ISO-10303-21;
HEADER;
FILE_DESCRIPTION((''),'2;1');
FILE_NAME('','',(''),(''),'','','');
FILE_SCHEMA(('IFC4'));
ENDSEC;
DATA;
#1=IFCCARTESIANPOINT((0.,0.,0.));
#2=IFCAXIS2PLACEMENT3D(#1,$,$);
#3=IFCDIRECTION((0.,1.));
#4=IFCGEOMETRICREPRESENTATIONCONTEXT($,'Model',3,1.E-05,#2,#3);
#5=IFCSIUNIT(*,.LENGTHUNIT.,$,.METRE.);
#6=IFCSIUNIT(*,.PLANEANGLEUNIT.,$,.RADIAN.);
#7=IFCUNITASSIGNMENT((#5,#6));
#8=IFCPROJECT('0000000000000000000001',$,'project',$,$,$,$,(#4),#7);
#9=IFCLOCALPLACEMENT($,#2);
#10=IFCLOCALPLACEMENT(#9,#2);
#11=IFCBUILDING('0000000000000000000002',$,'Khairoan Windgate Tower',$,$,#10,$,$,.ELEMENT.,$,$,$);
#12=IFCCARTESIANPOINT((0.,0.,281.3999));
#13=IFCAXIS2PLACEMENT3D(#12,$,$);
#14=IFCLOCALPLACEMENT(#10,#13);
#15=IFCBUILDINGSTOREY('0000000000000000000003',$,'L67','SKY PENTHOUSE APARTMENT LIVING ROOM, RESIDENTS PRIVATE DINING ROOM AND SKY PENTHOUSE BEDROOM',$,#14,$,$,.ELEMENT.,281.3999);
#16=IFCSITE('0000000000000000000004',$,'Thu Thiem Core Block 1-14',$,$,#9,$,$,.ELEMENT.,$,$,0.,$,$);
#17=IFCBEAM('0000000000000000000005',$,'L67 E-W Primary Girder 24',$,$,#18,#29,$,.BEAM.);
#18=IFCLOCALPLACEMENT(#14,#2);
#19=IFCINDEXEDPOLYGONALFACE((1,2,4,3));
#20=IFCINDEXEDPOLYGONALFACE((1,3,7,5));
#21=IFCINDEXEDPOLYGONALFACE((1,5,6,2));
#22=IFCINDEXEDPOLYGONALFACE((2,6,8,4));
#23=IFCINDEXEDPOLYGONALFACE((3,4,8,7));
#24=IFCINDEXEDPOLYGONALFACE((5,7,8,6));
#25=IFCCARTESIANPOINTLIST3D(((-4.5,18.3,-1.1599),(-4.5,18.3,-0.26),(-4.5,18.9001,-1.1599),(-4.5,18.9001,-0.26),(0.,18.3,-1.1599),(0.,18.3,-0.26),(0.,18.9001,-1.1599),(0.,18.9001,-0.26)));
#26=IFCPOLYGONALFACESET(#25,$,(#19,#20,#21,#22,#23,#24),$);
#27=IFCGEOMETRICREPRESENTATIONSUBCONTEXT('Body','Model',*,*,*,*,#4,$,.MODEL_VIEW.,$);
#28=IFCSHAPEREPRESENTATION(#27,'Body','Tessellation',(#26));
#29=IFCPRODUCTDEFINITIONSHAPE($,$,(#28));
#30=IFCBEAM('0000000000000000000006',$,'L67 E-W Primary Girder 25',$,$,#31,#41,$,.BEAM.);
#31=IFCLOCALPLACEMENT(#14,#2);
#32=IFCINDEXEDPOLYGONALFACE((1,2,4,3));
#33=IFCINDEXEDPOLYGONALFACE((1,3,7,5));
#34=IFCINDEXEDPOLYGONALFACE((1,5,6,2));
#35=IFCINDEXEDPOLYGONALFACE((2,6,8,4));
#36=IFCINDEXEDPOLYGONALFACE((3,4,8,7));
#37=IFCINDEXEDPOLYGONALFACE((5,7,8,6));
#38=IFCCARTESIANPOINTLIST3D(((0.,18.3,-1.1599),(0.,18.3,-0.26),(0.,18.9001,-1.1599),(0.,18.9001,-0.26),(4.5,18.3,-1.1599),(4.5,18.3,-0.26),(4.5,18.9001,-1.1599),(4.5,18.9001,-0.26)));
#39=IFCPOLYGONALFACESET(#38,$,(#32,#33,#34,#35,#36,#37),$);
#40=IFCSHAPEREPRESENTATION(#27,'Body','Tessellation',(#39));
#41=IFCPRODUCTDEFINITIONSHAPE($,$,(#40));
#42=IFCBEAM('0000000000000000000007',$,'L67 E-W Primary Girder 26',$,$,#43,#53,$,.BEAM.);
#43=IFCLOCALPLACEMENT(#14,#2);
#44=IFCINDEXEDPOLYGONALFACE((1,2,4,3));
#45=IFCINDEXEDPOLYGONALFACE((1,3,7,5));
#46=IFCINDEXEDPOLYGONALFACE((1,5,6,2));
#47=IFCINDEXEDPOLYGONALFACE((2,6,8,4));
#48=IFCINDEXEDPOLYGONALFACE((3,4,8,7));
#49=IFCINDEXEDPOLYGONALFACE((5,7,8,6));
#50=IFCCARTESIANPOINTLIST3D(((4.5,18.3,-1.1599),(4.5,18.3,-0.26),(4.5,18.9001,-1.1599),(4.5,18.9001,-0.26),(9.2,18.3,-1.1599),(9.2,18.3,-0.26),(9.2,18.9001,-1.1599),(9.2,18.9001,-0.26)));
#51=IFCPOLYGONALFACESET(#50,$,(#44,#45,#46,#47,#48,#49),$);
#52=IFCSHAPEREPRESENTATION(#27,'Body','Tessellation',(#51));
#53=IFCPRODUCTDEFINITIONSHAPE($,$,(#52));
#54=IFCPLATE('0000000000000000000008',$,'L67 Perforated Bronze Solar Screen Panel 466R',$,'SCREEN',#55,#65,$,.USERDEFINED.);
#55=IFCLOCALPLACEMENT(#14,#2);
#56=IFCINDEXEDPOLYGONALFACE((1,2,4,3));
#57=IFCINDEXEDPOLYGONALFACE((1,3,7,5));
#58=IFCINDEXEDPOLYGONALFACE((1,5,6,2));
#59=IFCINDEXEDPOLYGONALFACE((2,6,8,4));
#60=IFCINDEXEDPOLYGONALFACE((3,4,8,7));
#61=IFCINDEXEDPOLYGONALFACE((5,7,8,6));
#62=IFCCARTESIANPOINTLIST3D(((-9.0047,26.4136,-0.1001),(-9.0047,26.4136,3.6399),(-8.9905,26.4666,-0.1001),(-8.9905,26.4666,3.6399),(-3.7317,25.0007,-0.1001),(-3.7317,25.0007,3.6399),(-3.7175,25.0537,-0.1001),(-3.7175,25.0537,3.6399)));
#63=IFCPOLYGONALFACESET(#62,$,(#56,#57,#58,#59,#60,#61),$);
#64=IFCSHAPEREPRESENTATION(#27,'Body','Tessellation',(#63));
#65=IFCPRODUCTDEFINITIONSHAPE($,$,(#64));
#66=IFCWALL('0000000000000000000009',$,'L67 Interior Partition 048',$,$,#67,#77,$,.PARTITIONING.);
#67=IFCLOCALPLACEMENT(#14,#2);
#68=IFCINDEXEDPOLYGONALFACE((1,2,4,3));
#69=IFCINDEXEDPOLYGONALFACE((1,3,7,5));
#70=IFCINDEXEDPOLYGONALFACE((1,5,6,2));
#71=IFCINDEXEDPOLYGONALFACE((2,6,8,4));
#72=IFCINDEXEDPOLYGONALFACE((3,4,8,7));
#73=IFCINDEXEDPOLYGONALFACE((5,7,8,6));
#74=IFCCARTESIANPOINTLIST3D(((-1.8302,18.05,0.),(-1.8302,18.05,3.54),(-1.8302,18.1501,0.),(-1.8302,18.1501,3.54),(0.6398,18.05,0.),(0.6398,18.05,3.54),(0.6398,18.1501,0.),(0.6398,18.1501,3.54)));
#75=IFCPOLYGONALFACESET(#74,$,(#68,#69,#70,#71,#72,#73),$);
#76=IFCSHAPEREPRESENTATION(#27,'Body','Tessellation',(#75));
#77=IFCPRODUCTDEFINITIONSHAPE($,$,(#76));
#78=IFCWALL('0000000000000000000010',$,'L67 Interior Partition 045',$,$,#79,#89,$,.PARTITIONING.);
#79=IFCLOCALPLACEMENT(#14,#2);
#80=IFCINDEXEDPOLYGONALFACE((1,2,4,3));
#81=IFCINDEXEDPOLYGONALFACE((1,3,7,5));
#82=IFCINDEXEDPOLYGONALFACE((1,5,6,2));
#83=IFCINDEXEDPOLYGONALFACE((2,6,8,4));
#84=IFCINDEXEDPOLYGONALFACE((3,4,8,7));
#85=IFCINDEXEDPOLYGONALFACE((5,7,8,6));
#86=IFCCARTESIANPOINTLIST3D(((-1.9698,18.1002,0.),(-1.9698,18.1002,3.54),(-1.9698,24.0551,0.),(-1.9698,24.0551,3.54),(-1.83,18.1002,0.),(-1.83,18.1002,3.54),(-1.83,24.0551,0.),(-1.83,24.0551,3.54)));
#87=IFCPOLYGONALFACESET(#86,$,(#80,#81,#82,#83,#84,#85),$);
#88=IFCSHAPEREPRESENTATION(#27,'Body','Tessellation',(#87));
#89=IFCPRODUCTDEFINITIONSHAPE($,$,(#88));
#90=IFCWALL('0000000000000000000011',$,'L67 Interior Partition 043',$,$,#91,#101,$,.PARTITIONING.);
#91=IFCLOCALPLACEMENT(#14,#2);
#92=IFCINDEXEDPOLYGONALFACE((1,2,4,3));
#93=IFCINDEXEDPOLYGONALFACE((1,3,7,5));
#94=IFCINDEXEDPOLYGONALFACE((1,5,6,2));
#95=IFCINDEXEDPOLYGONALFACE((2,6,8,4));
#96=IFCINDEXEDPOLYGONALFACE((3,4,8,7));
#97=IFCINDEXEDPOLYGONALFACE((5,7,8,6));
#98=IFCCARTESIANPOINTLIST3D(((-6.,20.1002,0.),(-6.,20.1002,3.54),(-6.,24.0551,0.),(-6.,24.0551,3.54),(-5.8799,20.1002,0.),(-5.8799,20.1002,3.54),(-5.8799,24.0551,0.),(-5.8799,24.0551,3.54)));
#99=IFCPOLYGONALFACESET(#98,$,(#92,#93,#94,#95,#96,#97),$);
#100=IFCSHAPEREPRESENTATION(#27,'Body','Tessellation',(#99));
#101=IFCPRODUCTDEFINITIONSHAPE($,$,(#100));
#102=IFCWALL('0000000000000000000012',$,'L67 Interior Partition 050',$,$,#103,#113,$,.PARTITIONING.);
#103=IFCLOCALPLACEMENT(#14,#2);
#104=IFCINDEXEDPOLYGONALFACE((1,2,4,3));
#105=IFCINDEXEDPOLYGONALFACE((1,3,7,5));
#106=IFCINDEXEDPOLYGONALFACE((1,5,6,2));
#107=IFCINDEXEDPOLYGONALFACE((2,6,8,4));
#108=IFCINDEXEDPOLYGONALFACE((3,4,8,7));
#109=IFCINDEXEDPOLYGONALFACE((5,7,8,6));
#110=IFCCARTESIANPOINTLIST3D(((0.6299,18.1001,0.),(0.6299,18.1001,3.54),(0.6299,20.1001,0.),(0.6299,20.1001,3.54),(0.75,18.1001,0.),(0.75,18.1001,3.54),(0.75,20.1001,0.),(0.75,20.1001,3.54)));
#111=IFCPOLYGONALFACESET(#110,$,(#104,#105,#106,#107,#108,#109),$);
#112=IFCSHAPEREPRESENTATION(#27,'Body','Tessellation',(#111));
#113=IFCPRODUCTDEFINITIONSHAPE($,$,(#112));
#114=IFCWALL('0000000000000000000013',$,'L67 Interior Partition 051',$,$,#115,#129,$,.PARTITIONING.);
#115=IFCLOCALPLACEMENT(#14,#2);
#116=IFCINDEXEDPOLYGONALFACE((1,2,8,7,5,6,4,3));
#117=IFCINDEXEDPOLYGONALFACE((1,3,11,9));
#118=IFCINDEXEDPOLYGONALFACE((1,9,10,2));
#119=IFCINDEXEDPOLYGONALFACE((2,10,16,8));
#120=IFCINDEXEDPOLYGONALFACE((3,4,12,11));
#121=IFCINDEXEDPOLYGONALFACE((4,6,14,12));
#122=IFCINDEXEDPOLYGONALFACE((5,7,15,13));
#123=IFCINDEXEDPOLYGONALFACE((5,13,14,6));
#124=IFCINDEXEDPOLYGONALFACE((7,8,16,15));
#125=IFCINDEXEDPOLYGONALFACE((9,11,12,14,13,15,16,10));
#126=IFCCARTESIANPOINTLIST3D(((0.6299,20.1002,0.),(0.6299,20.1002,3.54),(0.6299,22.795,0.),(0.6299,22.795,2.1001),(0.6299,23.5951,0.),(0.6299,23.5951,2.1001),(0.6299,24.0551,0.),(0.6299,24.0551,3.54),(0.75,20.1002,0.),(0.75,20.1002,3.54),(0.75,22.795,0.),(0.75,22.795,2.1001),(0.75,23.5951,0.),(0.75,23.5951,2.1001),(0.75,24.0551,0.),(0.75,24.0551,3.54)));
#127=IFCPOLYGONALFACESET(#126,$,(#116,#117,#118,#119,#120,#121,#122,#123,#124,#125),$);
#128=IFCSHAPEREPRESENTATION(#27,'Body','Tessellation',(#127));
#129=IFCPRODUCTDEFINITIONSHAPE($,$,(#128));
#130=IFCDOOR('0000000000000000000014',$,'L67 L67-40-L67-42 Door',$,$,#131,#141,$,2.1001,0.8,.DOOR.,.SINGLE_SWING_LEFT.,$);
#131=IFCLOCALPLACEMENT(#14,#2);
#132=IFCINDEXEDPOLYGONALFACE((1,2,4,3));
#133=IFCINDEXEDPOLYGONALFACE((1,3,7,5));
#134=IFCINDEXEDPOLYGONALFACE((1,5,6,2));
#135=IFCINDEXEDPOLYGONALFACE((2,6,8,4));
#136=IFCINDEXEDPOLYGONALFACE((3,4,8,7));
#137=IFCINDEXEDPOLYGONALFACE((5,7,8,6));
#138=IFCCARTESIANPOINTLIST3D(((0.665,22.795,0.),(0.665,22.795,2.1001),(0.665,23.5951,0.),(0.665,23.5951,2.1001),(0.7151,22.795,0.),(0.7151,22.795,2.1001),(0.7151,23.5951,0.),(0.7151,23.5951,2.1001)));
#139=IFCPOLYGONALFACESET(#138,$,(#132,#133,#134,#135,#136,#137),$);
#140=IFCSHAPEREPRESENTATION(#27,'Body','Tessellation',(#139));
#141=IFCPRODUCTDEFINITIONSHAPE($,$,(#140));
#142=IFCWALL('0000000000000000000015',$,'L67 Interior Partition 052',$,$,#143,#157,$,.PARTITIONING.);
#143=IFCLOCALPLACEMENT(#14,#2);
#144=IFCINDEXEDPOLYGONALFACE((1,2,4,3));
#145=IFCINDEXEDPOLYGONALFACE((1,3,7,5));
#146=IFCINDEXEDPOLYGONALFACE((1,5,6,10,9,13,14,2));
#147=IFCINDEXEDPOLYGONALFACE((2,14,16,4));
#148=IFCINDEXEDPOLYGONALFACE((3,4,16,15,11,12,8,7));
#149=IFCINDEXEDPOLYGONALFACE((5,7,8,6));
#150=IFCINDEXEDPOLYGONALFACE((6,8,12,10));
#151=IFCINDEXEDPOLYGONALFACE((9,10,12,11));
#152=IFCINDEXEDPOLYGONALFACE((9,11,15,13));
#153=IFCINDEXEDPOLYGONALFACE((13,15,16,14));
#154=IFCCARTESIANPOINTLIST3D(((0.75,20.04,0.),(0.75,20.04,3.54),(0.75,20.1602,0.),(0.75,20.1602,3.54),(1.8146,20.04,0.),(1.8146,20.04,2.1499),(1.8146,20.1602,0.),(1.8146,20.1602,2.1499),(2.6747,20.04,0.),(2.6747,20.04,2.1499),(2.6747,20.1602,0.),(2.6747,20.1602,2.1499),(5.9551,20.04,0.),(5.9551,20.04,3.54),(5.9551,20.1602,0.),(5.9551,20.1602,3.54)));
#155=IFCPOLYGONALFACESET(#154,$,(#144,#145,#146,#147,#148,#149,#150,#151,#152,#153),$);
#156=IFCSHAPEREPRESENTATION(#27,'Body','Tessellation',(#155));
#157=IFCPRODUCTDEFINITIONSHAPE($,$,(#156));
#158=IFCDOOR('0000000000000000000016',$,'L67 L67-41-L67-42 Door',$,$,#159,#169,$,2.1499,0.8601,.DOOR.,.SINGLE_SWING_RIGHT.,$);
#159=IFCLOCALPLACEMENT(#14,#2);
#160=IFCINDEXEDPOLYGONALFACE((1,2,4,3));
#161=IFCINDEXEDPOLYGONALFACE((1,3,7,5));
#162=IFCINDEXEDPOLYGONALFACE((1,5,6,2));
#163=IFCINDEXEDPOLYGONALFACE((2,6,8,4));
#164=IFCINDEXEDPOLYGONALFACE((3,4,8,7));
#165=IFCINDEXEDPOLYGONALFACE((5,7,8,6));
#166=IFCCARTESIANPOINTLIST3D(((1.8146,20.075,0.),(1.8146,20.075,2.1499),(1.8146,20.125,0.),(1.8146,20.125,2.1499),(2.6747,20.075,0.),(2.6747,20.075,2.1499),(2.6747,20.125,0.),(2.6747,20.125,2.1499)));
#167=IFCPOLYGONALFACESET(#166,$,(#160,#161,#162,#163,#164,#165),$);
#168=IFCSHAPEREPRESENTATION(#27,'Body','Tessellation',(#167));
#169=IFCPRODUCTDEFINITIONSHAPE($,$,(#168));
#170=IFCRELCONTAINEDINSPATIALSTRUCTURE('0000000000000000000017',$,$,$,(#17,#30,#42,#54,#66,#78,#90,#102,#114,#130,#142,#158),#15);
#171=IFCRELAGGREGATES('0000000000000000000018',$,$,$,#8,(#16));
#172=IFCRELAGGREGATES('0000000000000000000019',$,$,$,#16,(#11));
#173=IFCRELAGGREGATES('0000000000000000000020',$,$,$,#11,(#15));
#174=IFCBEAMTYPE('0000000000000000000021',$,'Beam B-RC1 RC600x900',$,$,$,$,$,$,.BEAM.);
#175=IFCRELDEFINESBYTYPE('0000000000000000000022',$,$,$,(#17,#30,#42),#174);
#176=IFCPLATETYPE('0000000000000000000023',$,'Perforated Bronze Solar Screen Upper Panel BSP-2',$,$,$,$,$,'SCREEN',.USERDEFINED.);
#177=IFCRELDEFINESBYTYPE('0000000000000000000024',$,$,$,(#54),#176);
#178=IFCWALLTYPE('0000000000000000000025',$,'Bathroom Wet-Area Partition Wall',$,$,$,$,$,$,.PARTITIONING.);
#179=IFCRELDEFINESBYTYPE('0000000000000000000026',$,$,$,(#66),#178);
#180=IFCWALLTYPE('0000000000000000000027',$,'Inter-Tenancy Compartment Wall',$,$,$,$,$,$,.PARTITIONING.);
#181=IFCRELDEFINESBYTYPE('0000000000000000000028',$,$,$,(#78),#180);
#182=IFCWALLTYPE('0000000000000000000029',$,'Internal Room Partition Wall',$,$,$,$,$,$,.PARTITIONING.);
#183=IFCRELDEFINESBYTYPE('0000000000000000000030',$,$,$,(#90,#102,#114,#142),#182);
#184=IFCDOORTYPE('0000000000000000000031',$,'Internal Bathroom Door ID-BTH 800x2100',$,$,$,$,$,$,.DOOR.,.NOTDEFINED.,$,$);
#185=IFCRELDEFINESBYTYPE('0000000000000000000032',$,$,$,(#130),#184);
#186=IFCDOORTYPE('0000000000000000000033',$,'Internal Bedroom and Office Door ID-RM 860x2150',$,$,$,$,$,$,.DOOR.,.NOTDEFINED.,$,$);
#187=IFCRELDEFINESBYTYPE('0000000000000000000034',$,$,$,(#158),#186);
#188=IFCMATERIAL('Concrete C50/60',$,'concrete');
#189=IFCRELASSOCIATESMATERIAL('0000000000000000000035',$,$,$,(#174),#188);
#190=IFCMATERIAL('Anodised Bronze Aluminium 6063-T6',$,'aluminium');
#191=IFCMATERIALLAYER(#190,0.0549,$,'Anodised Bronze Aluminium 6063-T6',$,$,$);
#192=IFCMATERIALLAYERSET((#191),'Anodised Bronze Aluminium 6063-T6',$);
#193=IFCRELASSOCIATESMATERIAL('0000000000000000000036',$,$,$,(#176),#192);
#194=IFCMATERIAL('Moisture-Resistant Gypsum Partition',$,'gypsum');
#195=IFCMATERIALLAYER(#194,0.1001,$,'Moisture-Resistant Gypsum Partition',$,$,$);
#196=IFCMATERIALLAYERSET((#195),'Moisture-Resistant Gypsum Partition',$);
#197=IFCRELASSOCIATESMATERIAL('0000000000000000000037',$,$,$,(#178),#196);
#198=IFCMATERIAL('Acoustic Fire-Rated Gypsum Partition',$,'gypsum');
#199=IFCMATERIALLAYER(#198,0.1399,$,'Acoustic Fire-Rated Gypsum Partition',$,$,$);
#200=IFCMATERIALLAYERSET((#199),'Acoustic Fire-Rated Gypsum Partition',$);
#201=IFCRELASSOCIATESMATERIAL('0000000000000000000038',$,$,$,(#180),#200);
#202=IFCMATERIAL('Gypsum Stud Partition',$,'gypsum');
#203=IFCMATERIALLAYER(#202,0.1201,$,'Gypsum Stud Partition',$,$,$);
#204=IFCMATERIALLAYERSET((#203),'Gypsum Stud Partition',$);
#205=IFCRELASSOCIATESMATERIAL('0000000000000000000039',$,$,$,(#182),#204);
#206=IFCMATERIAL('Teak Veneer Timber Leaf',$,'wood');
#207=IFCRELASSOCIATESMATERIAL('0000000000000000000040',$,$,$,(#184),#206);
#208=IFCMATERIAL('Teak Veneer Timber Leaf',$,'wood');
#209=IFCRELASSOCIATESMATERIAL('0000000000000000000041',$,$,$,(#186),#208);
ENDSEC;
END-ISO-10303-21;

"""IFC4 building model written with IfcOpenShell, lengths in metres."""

from ifc_helpers import new_model, si_unit, direction, frame, frame_2d, origin, origin_2d, place, context, subcontext, project, spatial, rectangle, extrude, material, layer, layer_set, material_profile, profile_set, type_object, element, fill, save


model = new_model("IFC4")

# Units and contexts
model_context = context("Model", 3, precision=1e-05, world=origin(), true_north=direction((0.0, 1.0)))
body_context = subcontext(model_context, "Body", "Model", "MODEL_VIEW")
ifc_project = project(units=[si_unit("LENGTHUNIT", "METRE"), si_unit("PLANEANGLEUNIT", "RADIAN")], contexts=[model_context])

# Site, building, storey
site_placement = place(None, origin())
site = spatial("IfcSite", under=ifc_project, at=site_placement, Name="Thu Thiem Core Block 1-14", CompositionType="ELEMENT", RefElevation=0.0)
building_placement = place(site_placement, origin())
building = spatial("IfcBuilding", under=site, at=building_placement, Name="Khairoan Windgate Tower", CompositionType="ELEMENT")
storey_placement = place(building_placement, frame((0.0, 0.0, 281.3999)))
storey = spatial("IfcBuildingStorey", under=building, at=storey_placement, Name="L67", Description="SKY PENTHOUSE APARTMENT LIVING ROOM, RESIDENTS PRIVATE DINING ROOM AND SKY PENTHOUSE BEDROOM", CompositionType="ELEMENT", Elevation=281.3999)

# Beams
ifc_material_1 = material(Name="Concrete C50/60", Category="concrete")
ifc_material_profile_1 = material_profile(ifc_material_1, rectangle(XDim=0.6001, YDim=0.8999, at=origin_2d()))
ifc_profile_set_1 = profile_set([ifc_material_profile_1], Name="Concrete C50/60")
beam_type = type_object("IfcBeamType", Name="Beam B-RC1 RC600x900", PredefinedType="BEAM", material=ifc_profile_set_1)
for number, where, z_axis, x_axis, name in (
    (1, (-4.5, 18.6001, -0.71), (1.0, 0.0, 0.0), (0.0, 1.0, 0.0), "L67 E-W Primary Girder 24"),
    (2, (0.0, 18.6001, -0.71), (1.0, 0.0, 0.0), (0.0, 1.0, 0.0), "L67 E-W Primary Girder 25"),
):
    element("IfcBeam", number, at=place(storey_placement, frame(where, z_axis=z_axis, x_axis=x_axis)), inside=storey, type_object=beam_type, Name=name, PredefinedType="BEAM", context=body_context, shape_type="SweptSolid", body=[
        extrude(rectangle(XDim=0.6001, YDim=0.8999, at=origin_2d()), origin(), (0.0, 0.0, 1.0), 4.5),
    ])
beam_1_placement = place(storey_placement, frame((4.5, 18.6001, -0.71), z_axis=(1.0, 0.0, 0.0), x_axis=(0.0, 1.0, 0.0)))
element("IfcBeam", 3, at=beam_1_placement, inside=storey, type_object=beam_type, Name="L67 E-W Primary Girder 26", PredefinedType="BEAM", context=body_context, shape_type="SweptSolid", body=[
    extrude(rectangle(XDim=0.6001, YDim=0.8999, at=origin_2d()), origin(), (0.0, 0.0, 1.0), 4.7),
])

# Plate
ifc_material_2 = material(Name="Anodised Bronze Aluminium 6063-T6", Category="aluminium")
ifc_layer_1 = layer(ifc_material_2, 0.0549, Name="Anodised Bronze Aluminium 6063-T6")
ifc_layer_set_1 = layer_set([ifc_layer_1], Name="Anodised Bronze Aluminium 6063-T6")
plate_type = type_object("IfcPlateType", Name="Perforated Bronze Solar Screen Upper Panel BSP-2", ElementType="SCREEN", PredefinedType="USERDEFINED", material=ifc_layer_set_1)
plate_placement = place(storey_placement, frame((-6.3611, 25.7336, -0.1001), z_axis=(0.0, 0.0, 1.0), x_axis=(0.965926, -0.258819, 0.0)))
element("IfcPlate", 4, at=plate_placement, inside=storey, type_object=plate_type, Name="L67 Perforated Bronze Solar Screen Panel 466R", ObjectType="SCREEN", PredefinedType="USERDEFINED", context=body_context, shape_type="SweptSolid", body=[
    extrude(rectangle(XDim=5.459, YDim=0.0549, at=origin_2d()), origin(), (0.0, 0.0, 1.0), 3.74),
])

# Walls
ifc_material_3 = material(Name="Moisture-Resistant Gypsum Partition", Category="gypsum")
ifc_layer_2 = layer(ifc_material_3, 0.1001, Name="Moisture-Resistant Gypsum Partition")
ifc_layer_set_2 = layer_set([ifc_layer_2], Name="Moisture-Resistant Gypsum Partition")
wall_type_1 = type_object("IfcWallType", Name="Bathroom Wet-Area Partition Wall", PredefinedType="PARTITIONING", material=ifc_layer_set_2)
wall_1_placement = place(storey_placement, frame((-1.8301, 18.1001, 0.0), z_axis=(0.0, 0.0, 1.0), x_axis=(1.0, 0.0, 0.0)))
element("IfcWall", 5, at=wall_1_placement, inside=storey, type_object=wall_type_1, Name="L67 Interior Partition 048", PredefinedType="PARTITIONING", context=body_context, shape_type="SweptSolid", body=[
    extrude(rectangle(XDim=2.47, YDim=0.1001, at=frame_2d((1.2349, 0.0))), origin(), (0.0, 0.0, 1.0), 3.54),
])
ifc_material_4 = material(Name="Acoustic Fire-Rated Gypsum Partition", Category="gypsum")
ifc_layer_3 = layer(ifc_material_4, 0.1399, Name="Acoustic Fire-Rated Gypsum Partition")
ifc_layer_set_3 = layer_set([ifc_layer_3], Name="Acoustic Fire-Rated Gypsum Partition")
wall_type_2 = type_object("IfcWallType", Name="Inter-Tenancy Compartment Wall", PredefinedType="PARTITIONING", material=ifc_layer_set_3)
wall_2_placement = place(storey_placement, frame((-1.8999, 18.1001, 0.0), z_axis=(0.0, 0.0, 1.0), x_axis=(0.0, 1.0, 0.0)))
element("IfcWall", 6, at=wall_2_placement, inside=storey, type_object=wall_type_2, Name="L67 Interior Partition 045", PredefinedType="PARTITIONING", context=body_context, shape_type="SweptSolid", body=[
    extrude(rectangle(XDim=5.9548, YDim=0.1399, at=frame_2d((2.9775, 0.0))), origin(), (0.0, 0.0, 1.0), 3.54),
])
ifc_material_5 = material(Name="Gypsum Stud Partition", Category="gypsum")
ifc_layer_4 = layer(ifc_material_5, 0.1201, Name="Gypsum Stud Partition")
ifc_layer_set_4 = layer_set([ifc_layer_4], Name="Gypsum Stud Partition")
wall_type_3 = type_object("IfcWallType", Name="Internal Room Partition Wall", PredefinedType="PARTITIONING", material=ifc_layer_set_4)
wall_3_placement = place(storey_placement, frame((-5.9399, 20.1001, 0.0), z_axis=(0.0, 0.0, 1.0), x_axis=(0.0, 1.0, 0.0)))
element("IfcWall", 7, at=wall_3_placement, inside=storey, type_object=wall_type_3, Name="L67 Interior Partition 043", PredefinedType="PARTITIONING", context=body_context, shape_type="SweptSolid", body=[
    extrude(rectangle(XDim=3.9548, YDim=0.1201, at=frame_2d((1.9775, 0.0))), origin(), (0.0, 0.0, 1.0), 3.54),
])
wall_4_placement = place(storey_placement, frame((0.6899, 18.1001, 0.0), z_axis=(0.0, 0.0, 1.0), x_axis=(0.0, 1.0, 0.0)))
element("IfcWall", 8, at=wall_4_placement, inside=storey, type_object=wall_type_3, Name="L67 Interior Partition 050", PredefinedType="PARTITIONING", context=body_context, shape_type="SweptSolid", body=[
    extrude(rectangle(XDim=2.0, YDim=0.1201, at=frame_2d((1.0, 0.0))), origin(), (0.0, 0.0, 1.0), 3.54),
])

# Walls, openings, doors
wall_5_placement = place(storey_placement, frame((0.6899, 20.1001, 0.0), z_axis=(0.0, 0.0, 1.0), x_axis=(0.0, 1.0, 0.0)))
wall_5 = element("IfcWall", 9, at=wall_5_placement, inside=storey, type_object=wall_type_3, Name="L67 Interior Partition 051", PredefinedType="PARTITIONING", context=body_context, shape_type="SweptSolid", body=[
    extrude(rectangle(XDim=3.9548, YDim=0.1201, at=frame_2d((1.9775, 0.0))), origin(), (0.0, 0.0, 1.0), 3.54),
])
opening_1_placement = place(wall_5_placement, frame((2.6951, 0.0, 0.0)))
opening_1 = element("IfcOpeningElement", 10, at=opening_1_placement, cuts=wall_5, PredefinedType="OPENING", context=body_context, shape_type="SweptSolid", body=[
    extrude(rectangle(XDim=0.8, YDim=2.1001, at=frame_2d((0.3999, 1.05))), frame((0.0, 0.0701, 0.0), z_axis=(0.0, -1.0, 0.0), x_axis=(1.0, 0.0, 0.0)), (0.0, 0.0, 1.0), 0.1401),
])
ifc_material_6 = material(Name="Teak Veneer Timber Leaf", Category="wood")
door_type_1 = type_object("IfcDoorType", Name="Internal Bathroom Door ID-BTH 800x2100", OperationType="NOTDEFINED", PredefinedType="DOOR", material=ifc_material_6)
door_1_placement = place(opening_1_placement, origin())
door_1 = element("IfcDoor", 11, at=door_1_placement, inside=storey, type_object=door_type_1, Name="L67 L67-40-L67-42 Door", OperationType="SINGLE_SWING_LEFT", OverallHeight=2.1001, OverallWidth=0.8, PredefinedType="DOOR", context=body_context, shape_type="SweptSolid", body=[
    extrude(rectangle(XDim=0.8, YDim=2.1001, at=frame_2d((0.3999, 1.05))), frame((0.0, 0.0249, 0.0), z_axis=(0.0, -1.0, 0.0), x_axis=(1.0, 0.0, 0.0)), (0.0, 0.0, 1.0), 0.05),
])
fill(opening_1, door_1)
wall_6_placement = place(storey_placement, frame((0.75, 20.1001, 0.0), z_axis=(0.0, 0.0, 1.0), x_axis=(1.0, 0.0, 0.0)))
wall_6 = element("IfcWall", 12, at=wall_6_placement, inside=storey, type_object=wall_type_3, Name="L67 Interior Partition 052", PredefinedType="PARTITIONING", context=body_context, shape_type="SweptSolid", body=[
    extrude(rectangle(XDim=5.2051, YDim=0.1201, at=frame_2d((2.6025, 0.0))), origin(), (0.0, 0.0, 1.0), 3.54),
])
opening_2_placement = place(wall_6_placement, frame((1.0645, 0.0, 0.0)))
opening_2 = element("IfcOpeningElement", 13, at=opening_2_placement, cuts=wall_6, PredefinedType="OPENING", context=body_context, shape_type="SweptSolid", body=[
    extrude(rectangle(XDim=0.8601, YDim=2.1499, at=frame_2d((0.4302, 1.075))), frame((0.0, 0.0701, 0.0), z_axis=(0.0, -1.0, 0.0), x_axis=(1.0, 0.0, 0.0)), (0.0, 0.0, 1.0), 0.1401),
])
ifc_material_7 = material(Name="Teak Veneer Timber Leaf", Category="wood")
door_type_2 = type_object("IfcDoorType", Name="Internal Bedroom and Office Door ID-RM 860x2150", OperationType="NOTDEFINED", PredefinedType="DOOR", material=ifc_material_7)
door_2_placement = place(opening_2_placement, origin())
door_2 = element("IfcDoor", 14, at=door_2_placement, inside=storey, type_object=door_type_2, Name="L67 L67-41-L67-42 Door", OperationType="SINGLE_SWING_RIGHT", OverallHeight=2.1499, OverallWidth=0.8601, PredefinedType="DOOR", context=body_context, shape_type="SweptSolid", body=[
    extrude(rectangle(XDim=0.8601, YDim=2.1499, at=frame_2d((0.4302, 1.075))), frame((0.0, 0.0249, 0.0), z_axis=(0.0, -1.0, 0.0), x_axis=(1.0, 0.0, 0.0)), (0.0, 0.0, 1.0), 0.05),
])
fill(opening_2, door_2)

save(model, "model.ifc")
